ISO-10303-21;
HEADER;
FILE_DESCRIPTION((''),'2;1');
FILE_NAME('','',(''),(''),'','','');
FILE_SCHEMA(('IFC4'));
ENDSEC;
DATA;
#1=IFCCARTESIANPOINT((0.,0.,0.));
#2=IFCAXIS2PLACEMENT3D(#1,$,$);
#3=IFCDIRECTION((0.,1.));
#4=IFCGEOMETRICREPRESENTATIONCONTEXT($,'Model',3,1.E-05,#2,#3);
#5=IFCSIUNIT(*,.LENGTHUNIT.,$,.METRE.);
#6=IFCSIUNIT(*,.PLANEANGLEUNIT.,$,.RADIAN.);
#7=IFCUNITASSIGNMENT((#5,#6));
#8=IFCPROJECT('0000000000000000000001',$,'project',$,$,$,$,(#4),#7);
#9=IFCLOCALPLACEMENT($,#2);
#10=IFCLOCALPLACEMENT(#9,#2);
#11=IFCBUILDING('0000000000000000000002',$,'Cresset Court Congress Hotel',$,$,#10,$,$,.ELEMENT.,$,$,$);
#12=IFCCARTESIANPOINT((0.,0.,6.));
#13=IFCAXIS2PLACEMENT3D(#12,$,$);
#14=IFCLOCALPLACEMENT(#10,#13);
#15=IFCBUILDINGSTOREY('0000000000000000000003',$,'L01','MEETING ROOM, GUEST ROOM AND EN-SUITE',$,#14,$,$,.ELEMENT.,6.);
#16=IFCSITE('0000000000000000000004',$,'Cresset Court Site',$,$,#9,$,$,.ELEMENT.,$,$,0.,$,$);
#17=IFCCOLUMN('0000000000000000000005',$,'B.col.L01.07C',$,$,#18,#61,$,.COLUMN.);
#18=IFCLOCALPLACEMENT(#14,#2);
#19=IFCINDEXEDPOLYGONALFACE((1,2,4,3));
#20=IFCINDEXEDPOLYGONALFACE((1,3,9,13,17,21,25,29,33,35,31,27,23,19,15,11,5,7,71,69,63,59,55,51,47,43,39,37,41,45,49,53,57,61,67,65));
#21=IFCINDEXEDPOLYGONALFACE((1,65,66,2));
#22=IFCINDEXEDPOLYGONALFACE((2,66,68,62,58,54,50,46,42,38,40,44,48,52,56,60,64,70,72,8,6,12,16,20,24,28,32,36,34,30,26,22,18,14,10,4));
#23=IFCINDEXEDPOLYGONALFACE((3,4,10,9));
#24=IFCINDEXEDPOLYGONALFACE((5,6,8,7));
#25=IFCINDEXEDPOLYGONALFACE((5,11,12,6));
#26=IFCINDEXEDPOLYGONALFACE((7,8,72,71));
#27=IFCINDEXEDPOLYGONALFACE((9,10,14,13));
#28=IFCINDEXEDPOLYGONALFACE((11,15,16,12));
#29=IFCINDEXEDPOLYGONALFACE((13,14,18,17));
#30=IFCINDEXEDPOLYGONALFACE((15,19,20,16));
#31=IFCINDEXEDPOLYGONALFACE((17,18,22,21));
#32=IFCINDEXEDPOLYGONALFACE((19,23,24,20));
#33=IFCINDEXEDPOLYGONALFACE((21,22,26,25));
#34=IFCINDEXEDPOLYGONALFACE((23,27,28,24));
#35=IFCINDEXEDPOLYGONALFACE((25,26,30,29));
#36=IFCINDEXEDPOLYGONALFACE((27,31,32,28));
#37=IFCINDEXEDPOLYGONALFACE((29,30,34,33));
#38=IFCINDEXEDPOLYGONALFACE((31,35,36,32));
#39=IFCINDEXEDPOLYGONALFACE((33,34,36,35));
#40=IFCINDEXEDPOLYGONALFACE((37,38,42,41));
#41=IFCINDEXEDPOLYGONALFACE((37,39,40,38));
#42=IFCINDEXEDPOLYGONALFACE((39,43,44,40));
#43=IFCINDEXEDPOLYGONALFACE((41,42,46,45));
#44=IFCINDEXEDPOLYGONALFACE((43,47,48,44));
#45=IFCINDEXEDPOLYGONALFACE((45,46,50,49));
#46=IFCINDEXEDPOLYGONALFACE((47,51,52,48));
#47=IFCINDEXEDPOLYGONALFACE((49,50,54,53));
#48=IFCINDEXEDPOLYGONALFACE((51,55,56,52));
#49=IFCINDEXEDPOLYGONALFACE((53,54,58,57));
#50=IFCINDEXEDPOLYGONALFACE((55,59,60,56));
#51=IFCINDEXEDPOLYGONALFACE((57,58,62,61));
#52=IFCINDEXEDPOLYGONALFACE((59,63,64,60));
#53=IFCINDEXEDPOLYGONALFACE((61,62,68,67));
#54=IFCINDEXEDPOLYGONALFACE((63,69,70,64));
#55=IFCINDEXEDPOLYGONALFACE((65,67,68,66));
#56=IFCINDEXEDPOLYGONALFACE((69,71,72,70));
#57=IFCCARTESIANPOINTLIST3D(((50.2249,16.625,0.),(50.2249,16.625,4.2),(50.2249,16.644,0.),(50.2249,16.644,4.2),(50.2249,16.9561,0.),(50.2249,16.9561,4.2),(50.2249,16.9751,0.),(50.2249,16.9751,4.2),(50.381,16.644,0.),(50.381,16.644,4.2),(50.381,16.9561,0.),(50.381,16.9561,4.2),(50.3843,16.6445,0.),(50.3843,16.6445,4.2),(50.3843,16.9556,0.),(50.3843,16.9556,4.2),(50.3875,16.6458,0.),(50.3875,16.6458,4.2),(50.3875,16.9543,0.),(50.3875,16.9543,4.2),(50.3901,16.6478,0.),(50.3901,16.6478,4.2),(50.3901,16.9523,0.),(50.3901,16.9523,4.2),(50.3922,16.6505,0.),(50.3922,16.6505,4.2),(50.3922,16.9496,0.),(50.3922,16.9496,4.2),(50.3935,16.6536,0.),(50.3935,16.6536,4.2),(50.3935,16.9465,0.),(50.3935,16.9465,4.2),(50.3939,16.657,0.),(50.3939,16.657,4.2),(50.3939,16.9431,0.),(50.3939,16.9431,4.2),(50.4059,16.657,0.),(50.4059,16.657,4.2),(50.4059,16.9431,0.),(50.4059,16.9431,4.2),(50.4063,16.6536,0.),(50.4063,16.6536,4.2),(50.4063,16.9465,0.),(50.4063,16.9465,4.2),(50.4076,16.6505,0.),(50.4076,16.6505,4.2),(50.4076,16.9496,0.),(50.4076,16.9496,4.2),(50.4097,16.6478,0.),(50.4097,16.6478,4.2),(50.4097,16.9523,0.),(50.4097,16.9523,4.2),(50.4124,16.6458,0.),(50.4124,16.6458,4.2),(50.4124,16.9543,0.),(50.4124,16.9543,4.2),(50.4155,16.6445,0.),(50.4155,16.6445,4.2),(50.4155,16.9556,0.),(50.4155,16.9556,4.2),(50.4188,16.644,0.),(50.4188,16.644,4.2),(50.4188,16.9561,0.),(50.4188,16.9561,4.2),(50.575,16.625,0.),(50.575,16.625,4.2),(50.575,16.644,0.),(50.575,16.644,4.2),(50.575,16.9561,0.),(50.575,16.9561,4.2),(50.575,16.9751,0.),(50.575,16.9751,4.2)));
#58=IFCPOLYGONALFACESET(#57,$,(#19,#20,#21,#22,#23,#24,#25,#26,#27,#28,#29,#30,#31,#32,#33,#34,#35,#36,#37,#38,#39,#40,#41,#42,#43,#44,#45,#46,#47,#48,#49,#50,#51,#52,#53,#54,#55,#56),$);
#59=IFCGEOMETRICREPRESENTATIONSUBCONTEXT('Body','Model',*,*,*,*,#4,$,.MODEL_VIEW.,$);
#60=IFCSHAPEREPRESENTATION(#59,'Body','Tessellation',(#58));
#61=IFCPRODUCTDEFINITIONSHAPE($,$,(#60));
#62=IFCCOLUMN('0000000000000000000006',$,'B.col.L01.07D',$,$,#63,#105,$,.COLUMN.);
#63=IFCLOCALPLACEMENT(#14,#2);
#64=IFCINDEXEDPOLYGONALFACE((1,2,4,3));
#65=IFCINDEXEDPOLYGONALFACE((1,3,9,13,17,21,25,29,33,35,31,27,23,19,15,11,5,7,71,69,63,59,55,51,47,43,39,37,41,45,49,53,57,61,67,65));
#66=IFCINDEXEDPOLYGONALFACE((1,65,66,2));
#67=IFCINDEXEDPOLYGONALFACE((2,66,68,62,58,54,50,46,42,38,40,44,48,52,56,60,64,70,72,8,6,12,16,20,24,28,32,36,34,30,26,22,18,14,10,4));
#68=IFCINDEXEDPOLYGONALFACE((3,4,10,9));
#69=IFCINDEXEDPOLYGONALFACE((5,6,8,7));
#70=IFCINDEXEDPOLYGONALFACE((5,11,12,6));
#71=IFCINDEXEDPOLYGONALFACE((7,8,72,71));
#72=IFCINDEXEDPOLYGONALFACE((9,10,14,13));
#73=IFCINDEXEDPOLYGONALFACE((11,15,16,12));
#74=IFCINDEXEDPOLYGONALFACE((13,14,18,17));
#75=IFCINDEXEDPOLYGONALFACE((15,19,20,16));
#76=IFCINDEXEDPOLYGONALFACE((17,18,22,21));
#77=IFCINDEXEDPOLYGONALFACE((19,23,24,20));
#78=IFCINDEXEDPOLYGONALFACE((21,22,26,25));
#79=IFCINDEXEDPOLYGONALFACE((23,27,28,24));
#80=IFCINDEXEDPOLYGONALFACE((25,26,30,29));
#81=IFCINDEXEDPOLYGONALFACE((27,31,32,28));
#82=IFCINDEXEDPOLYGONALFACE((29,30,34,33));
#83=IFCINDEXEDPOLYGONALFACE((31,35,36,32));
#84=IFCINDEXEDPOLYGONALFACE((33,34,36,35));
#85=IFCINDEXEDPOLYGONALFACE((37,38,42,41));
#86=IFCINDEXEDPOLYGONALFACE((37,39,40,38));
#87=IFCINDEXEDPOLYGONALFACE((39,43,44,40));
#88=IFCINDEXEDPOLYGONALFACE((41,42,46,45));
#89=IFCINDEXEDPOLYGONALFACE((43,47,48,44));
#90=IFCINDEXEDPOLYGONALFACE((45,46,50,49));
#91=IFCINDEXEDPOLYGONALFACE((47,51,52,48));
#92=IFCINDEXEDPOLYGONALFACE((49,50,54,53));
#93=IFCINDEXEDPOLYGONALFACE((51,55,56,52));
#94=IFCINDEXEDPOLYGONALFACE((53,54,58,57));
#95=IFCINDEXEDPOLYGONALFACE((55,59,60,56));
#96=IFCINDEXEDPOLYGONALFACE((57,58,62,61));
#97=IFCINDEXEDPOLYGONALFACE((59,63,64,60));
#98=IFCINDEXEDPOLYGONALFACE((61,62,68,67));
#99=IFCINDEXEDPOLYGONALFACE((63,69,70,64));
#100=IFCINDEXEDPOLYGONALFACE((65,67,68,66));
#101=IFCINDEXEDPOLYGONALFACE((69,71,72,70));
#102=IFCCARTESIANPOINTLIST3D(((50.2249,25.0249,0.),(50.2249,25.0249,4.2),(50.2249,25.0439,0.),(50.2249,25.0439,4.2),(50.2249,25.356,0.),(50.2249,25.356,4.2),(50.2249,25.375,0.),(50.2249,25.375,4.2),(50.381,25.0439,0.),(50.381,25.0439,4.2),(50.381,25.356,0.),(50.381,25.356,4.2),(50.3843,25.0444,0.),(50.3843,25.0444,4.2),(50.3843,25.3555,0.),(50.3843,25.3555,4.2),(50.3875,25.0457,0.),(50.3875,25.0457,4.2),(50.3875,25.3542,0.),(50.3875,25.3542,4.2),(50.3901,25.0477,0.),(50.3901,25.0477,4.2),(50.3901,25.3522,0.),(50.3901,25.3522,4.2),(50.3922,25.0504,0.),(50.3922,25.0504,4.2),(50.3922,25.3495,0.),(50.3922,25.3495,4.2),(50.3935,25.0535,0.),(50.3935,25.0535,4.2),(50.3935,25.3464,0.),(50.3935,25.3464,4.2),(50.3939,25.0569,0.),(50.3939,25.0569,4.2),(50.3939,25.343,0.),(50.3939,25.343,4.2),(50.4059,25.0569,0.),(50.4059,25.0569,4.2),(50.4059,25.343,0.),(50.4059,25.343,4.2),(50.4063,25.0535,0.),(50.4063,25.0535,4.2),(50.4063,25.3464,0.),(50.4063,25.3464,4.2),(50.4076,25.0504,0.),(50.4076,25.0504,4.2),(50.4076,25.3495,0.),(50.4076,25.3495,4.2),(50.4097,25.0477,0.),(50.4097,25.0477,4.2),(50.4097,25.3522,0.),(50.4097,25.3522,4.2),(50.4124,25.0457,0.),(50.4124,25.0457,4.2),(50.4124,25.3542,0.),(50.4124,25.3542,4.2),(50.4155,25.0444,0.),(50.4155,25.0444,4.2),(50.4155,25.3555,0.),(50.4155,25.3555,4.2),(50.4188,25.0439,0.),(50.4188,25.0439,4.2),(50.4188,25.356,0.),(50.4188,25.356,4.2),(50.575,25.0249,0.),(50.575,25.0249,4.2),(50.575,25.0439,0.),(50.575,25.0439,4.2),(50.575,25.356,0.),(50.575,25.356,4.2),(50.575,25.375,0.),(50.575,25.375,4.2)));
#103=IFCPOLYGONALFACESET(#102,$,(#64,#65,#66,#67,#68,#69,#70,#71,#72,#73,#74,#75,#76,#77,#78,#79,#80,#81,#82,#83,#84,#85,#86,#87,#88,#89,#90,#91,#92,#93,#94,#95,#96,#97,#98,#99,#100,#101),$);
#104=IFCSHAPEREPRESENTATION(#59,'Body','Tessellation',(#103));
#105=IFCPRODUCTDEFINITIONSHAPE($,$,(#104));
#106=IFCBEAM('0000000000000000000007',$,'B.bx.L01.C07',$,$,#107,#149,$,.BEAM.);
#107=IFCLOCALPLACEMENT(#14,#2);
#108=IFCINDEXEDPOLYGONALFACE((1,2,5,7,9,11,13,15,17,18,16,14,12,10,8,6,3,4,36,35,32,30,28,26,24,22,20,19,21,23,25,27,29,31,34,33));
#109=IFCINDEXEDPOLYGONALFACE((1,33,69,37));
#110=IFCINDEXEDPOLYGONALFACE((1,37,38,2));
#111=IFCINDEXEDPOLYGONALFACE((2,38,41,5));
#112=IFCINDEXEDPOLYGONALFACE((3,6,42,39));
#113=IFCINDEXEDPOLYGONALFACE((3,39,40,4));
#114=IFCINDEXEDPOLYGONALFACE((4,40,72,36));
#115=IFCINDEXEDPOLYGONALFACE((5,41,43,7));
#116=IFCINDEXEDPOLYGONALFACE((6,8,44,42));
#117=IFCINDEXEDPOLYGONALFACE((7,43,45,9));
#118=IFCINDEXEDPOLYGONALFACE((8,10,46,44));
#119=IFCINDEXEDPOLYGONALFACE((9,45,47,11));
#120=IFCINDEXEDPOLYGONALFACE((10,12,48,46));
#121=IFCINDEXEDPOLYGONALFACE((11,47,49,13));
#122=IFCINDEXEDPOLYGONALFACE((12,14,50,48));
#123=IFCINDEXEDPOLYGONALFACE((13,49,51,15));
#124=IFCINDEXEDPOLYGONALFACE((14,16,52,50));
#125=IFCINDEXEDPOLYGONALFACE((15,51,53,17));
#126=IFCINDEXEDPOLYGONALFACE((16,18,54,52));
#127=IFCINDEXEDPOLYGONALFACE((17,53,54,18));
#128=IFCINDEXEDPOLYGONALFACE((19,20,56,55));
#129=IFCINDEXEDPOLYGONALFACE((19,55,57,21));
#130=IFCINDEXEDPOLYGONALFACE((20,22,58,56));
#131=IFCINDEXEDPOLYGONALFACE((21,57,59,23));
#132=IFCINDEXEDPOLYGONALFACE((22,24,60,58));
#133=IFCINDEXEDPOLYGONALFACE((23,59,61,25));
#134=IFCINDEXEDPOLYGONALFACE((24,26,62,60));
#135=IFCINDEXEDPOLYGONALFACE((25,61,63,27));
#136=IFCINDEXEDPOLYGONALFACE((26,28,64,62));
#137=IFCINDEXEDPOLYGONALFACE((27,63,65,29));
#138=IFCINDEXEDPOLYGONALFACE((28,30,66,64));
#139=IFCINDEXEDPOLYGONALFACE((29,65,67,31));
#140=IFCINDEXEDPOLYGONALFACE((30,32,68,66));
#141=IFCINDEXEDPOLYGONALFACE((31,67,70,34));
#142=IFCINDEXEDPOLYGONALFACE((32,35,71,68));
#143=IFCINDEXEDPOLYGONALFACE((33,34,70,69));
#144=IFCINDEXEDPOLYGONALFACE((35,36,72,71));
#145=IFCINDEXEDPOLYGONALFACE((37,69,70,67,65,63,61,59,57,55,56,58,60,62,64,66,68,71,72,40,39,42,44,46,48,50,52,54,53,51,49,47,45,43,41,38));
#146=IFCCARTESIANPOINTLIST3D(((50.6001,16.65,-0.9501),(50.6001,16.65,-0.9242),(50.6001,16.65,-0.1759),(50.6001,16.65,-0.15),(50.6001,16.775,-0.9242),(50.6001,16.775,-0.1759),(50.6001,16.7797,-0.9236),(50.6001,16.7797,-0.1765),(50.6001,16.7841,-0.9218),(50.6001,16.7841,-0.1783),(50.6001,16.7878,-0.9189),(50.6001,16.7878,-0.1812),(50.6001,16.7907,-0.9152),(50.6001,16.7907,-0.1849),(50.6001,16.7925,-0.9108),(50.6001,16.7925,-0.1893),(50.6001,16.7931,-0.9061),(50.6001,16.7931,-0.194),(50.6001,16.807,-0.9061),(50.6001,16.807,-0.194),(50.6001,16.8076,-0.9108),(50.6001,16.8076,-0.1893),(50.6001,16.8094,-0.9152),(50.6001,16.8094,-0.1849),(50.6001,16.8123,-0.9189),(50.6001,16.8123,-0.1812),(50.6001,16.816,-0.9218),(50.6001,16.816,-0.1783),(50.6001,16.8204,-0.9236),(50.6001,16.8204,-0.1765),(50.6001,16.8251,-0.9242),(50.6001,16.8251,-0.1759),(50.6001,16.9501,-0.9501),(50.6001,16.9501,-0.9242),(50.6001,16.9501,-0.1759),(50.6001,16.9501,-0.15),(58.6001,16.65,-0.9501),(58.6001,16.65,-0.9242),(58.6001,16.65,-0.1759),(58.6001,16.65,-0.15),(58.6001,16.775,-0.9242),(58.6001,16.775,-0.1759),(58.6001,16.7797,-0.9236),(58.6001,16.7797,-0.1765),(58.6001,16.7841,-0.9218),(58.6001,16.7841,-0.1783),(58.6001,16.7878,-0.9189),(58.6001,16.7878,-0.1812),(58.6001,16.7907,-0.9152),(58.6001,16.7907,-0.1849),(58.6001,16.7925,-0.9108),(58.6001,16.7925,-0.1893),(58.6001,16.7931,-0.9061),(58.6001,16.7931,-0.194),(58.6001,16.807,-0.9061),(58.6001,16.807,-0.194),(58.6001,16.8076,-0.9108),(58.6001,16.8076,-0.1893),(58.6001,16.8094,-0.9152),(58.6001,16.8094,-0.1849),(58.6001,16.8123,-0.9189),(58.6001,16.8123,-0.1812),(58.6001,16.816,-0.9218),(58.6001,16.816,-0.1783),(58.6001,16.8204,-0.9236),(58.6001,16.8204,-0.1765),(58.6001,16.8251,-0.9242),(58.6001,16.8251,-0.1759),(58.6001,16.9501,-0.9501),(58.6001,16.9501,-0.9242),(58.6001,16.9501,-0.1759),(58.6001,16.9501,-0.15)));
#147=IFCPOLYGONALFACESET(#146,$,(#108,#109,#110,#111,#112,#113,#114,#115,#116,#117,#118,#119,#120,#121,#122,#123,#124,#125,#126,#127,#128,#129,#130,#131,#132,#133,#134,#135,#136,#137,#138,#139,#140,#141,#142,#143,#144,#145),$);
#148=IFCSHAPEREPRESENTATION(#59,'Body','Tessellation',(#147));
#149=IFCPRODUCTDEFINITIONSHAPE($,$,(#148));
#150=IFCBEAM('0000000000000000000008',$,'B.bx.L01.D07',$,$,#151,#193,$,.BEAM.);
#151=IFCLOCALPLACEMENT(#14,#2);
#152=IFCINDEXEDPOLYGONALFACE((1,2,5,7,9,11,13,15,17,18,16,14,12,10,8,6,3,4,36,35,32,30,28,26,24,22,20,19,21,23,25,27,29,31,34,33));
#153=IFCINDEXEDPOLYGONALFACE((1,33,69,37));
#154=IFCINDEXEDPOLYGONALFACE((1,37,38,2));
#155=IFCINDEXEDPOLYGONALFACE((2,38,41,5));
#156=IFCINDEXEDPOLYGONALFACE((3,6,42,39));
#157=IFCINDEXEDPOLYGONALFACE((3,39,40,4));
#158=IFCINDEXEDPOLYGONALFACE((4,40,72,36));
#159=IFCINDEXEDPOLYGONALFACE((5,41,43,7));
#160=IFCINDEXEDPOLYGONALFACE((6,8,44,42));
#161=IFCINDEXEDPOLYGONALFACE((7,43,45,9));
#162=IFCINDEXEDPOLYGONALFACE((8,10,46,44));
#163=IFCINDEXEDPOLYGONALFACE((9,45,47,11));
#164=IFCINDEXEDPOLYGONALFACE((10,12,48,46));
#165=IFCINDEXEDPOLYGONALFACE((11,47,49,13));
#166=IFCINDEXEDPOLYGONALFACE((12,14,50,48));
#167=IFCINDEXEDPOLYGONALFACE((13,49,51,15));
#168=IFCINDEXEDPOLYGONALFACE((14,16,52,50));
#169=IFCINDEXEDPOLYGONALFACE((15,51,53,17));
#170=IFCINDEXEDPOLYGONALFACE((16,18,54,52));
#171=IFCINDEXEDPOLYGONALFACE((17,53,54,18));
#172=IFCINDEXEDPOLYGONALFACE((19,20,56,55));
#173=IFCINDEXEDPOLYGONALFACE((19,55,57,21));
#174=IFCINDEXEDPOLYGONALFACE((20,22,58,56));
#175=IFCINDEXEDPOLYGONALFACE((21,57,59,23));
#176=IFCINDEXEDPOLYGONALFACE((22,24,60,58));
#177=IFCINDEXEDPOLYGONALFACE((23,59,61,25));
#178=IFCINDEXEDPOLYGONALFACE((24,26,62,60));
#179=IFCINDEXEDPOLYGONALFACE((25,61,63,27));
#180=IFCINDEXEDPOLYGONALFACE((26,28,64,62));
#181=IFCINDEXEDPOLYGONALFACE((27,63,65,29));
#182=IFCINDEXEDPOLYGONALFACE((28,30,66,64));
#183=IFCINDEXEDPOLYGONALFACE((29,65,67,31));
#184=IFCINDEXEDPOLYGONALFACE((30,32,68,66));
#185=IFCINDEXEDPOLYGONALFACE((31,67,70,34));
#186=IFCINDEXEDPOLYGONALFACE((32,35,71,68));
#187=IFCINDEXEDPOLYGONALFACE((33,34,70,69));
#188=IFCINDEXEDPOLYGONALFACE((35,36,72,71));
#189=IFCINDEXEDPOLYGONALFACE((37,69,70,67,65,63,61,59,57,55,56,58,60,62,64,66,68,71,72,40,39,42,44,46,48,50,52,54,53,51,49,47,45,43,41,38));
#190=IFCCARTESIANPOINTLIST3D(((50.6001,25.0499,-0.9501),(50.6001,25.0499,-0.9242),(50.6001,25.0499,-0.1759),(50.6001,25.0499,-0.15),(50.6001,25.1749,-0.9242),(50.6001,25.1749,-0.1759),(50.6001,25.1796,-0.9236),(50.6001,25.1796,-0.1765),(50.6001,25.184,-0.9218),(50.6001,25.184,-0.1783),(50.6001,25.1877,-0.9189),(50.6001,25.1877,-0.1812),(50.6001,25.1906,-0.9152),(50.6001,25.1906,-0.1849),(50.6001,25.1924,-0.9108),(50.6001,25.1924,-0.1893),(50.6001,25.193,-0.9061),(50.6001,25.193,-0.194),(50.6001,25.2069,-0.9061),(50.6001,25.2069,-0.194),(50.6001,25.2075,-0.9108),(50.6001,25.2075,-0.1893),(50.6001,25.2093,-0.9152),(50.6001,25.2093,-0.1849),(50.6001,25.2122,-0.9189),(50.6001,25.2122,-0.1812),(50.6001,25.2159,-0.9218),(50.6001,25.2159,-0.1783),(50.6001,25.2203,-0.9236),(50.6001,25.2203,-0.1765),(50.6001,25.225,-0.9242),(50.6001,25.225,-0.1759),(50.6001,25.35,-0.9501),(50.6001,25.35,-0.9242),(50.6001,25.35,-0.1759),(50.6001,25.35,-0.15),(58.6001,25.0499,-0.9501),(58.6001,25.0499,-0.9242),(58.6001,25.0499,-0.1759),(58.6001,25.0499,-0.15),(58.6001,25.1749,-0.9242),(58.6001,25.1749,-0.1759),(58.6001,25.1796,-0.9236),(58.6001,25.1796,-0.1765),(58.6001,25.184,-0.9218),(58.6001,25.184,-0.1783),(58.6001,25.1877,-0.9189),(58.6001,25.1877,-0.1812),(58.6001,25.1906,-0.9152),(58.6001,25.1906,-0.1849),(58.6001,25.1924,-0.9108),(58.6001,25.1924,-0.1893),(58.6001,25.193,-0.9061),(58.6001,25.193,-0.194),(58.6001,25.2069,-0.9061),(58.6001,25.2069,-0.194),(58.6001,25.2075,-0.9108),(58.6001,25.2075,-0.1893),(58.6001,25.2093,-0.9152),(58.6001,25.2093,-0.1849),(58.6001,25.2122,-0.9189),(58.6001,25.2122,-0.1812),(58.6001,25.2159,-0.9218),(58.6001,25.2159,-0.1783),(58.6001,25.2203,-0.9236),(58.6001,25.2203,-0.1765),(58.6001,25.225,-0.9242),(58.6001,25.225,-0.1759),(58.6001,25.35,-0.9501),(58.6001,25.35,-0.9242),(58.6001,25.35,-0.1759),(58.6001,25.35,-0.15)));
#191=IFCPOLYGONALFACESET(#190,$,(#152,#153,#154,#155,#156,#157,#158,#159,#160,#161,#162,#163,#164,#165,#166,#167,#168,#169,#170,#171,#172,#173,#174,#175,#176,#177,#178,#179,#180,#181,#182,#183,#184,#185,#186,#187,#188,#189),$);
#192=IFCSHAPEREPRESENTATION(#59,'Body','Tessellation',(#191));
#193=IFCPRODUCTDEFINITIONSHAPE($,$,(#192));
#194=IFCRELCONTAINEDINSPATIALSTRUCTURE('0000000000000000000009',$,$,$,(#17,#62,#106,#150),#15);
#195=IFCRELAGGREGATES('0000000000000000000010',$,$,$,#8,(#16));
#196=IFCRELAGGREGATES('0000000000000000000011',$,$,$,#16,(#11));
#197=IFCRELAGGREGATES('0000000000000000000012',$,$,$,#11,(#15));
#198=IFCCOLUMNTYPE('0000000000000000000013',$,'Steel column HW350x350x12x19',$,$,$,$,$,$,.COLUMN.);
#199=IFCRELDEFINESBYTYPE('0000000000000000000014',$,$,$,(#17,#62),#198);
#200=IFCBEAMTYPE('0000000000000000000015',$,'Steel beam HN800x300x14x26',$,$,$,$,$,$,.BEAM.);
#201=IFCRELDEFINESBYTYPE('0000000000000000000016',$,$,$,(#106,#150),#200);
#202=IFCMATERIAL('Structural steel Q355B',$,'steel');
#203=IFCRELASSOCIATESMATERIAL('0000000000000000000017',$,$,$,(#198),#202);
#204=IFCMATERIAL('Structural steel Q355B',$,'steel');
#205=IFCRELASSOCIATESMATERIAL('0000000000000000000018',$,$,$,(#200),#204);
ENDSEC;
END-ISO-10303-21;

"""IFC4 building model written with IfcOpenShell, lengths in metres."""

from ifc_helpers import new_model, si_unit, direction, frame, origin, origin_2d, place, context, subcontext, project, spatial, i_section, extrude, material, material_profile, profile_set, type_object, element, save


model = new_model("IFC4")

# Units and contexts
model_context = context("Model", 3, precision=1e-05, world=origin(), true_north=direction((0.0, 1.0)))
body_context = subcontext(model_context, "Body", "Model", "MODEL_VIEW")
ifc_project = project(units=[si_unit("LENGTHUNIT", "METRE"), si_unit("PLANEANGLEUNIT", "RADIAN")], contexts=[model_context])

# Site, building, storey
site_placement = place(None, origin())
site = spatial("IfcSite", under=ifc_project, at=site_placement, Name="Cresset Court Site", CompositionType="ELEMENT", RefElevation=0.0)
building_placement = place(site_placement, origin())
building = spatial("IfcBuilding", under=site, at=building_placement, Name="Cresset Court Congress Hotel", CompositionType="ELEMENT")
storey_placement = place(building_placement, frame((0.0, 0.0, 6.0)))
storey = spatial("IfcBuildingStorey", under=building, at=storey_placement, Name="L01", Description="MEETING ROOM, GUEST ROOM AND EN-SUITE", CompositionType="ELEMENT", Elevation=6.0)

# Columns
ifc_material_1 = material(Name="Structural steel Q355B", Category="steel")
ifc_material_profile_1 = material_profile(ifc_material_1, i_section(OverallWidth=0.3501, OverallDepth=0.3501, WebThickness=0.012, FlangeThickness=0.019, FilletRadius=0.0129, at=origin_2d()), Name="HW350x350x12x19")
ifc_profile_set_1 = profile_set([ifc_material_profile_1], Name="Structural steel Q355B")
column_type = type_object("IfcColumnType", Name="Steel column HW350x350x12x19", PredefinedType="COLUMN", material=ifc_profile_set_1)
for number, where, z_axis, x_axis, name in (
    (1, (50.3999, 16.8, 0.0), (0.0, 0.0, 1.0), (1.0, 0.0, 0.0), "B.col.L01.07C"),
    (2, (50.3999, 25.2, 0.0), (0.0, 0.0, 1.0), (1.0, 0.0, 0.0), "B.col.L01.07D"),
):
    element("IfcColumn", number, at=place(storey_placement, frame(where, z_axis=z_axis, x_axis=x_axis)), inside=storey, type_object=column_type, Name=name, PredefinedType="COLUMN", context=body_context, shape_type="SweptSolid", body=[
        extrude(i_section(OverallWidth=0.3501, OverallDepth=0.3501, WebThickness=0.012, FlangeThickness=0.019, FilletRadius=0.0129, at=origin_2d()), origin(), (0.0, 0.0, 1.0), 4.2),
    ])

# Beams
ifc_material_2 = material(Name="Structural steel Q355B", Category="steel")
ifc_material_profile_2 = material_profile(ifc_material_2, i_section(OverallWidth=0.3, OverallDepth=0.8, WebThickness=0.0139, FlangeThickness=0.0259, FilletRadius=0.0181, at=origin_2d()), Name="HN800x300x14x26")
ifc_profile_set_2 = profile_set([ifc_material_profile_2], Name="Structural steel Q355B")
beam_type_1 = type_object("IfcBeamType", Name="Steel beam HN800x300x14x26", PredefinedType="BEAM", material=ifc_profile_set_2)
for number, where, z_axis, x_axis, name in (
    (3, (50.6001, 16.8, -0.55), (1.0, 0.0, 0.0), (0.0, 1.0, 0.0), "B.bx.L01.C07"),
    (4, (50.6001, 25.2, -0.55), (1.0, 0.0, 0.0), (0.0, 1.0, 0.0), "B.bx.L01.D07"),
):
    element("IfcBeam", number, at=place(storey_placement, frame(where, z_axis=z_axis, x_axis=x_axis)), inside=storey, type_object=beam_type_1, Name=name, PredefinedType="BEAM", context=body_context, shape_type="SweptSolid", body=[
        extrude(i_section(OverallWidth=0.3, OverallDepth=0.8, WebThickness=0.0139, FlangeThickness=0.0259, FilletRadius=0.0181, at=origin_2d()), origin(), (0.0, 0.0, 1.0), 8.0),
    ])

save(model, "model.ifc")
